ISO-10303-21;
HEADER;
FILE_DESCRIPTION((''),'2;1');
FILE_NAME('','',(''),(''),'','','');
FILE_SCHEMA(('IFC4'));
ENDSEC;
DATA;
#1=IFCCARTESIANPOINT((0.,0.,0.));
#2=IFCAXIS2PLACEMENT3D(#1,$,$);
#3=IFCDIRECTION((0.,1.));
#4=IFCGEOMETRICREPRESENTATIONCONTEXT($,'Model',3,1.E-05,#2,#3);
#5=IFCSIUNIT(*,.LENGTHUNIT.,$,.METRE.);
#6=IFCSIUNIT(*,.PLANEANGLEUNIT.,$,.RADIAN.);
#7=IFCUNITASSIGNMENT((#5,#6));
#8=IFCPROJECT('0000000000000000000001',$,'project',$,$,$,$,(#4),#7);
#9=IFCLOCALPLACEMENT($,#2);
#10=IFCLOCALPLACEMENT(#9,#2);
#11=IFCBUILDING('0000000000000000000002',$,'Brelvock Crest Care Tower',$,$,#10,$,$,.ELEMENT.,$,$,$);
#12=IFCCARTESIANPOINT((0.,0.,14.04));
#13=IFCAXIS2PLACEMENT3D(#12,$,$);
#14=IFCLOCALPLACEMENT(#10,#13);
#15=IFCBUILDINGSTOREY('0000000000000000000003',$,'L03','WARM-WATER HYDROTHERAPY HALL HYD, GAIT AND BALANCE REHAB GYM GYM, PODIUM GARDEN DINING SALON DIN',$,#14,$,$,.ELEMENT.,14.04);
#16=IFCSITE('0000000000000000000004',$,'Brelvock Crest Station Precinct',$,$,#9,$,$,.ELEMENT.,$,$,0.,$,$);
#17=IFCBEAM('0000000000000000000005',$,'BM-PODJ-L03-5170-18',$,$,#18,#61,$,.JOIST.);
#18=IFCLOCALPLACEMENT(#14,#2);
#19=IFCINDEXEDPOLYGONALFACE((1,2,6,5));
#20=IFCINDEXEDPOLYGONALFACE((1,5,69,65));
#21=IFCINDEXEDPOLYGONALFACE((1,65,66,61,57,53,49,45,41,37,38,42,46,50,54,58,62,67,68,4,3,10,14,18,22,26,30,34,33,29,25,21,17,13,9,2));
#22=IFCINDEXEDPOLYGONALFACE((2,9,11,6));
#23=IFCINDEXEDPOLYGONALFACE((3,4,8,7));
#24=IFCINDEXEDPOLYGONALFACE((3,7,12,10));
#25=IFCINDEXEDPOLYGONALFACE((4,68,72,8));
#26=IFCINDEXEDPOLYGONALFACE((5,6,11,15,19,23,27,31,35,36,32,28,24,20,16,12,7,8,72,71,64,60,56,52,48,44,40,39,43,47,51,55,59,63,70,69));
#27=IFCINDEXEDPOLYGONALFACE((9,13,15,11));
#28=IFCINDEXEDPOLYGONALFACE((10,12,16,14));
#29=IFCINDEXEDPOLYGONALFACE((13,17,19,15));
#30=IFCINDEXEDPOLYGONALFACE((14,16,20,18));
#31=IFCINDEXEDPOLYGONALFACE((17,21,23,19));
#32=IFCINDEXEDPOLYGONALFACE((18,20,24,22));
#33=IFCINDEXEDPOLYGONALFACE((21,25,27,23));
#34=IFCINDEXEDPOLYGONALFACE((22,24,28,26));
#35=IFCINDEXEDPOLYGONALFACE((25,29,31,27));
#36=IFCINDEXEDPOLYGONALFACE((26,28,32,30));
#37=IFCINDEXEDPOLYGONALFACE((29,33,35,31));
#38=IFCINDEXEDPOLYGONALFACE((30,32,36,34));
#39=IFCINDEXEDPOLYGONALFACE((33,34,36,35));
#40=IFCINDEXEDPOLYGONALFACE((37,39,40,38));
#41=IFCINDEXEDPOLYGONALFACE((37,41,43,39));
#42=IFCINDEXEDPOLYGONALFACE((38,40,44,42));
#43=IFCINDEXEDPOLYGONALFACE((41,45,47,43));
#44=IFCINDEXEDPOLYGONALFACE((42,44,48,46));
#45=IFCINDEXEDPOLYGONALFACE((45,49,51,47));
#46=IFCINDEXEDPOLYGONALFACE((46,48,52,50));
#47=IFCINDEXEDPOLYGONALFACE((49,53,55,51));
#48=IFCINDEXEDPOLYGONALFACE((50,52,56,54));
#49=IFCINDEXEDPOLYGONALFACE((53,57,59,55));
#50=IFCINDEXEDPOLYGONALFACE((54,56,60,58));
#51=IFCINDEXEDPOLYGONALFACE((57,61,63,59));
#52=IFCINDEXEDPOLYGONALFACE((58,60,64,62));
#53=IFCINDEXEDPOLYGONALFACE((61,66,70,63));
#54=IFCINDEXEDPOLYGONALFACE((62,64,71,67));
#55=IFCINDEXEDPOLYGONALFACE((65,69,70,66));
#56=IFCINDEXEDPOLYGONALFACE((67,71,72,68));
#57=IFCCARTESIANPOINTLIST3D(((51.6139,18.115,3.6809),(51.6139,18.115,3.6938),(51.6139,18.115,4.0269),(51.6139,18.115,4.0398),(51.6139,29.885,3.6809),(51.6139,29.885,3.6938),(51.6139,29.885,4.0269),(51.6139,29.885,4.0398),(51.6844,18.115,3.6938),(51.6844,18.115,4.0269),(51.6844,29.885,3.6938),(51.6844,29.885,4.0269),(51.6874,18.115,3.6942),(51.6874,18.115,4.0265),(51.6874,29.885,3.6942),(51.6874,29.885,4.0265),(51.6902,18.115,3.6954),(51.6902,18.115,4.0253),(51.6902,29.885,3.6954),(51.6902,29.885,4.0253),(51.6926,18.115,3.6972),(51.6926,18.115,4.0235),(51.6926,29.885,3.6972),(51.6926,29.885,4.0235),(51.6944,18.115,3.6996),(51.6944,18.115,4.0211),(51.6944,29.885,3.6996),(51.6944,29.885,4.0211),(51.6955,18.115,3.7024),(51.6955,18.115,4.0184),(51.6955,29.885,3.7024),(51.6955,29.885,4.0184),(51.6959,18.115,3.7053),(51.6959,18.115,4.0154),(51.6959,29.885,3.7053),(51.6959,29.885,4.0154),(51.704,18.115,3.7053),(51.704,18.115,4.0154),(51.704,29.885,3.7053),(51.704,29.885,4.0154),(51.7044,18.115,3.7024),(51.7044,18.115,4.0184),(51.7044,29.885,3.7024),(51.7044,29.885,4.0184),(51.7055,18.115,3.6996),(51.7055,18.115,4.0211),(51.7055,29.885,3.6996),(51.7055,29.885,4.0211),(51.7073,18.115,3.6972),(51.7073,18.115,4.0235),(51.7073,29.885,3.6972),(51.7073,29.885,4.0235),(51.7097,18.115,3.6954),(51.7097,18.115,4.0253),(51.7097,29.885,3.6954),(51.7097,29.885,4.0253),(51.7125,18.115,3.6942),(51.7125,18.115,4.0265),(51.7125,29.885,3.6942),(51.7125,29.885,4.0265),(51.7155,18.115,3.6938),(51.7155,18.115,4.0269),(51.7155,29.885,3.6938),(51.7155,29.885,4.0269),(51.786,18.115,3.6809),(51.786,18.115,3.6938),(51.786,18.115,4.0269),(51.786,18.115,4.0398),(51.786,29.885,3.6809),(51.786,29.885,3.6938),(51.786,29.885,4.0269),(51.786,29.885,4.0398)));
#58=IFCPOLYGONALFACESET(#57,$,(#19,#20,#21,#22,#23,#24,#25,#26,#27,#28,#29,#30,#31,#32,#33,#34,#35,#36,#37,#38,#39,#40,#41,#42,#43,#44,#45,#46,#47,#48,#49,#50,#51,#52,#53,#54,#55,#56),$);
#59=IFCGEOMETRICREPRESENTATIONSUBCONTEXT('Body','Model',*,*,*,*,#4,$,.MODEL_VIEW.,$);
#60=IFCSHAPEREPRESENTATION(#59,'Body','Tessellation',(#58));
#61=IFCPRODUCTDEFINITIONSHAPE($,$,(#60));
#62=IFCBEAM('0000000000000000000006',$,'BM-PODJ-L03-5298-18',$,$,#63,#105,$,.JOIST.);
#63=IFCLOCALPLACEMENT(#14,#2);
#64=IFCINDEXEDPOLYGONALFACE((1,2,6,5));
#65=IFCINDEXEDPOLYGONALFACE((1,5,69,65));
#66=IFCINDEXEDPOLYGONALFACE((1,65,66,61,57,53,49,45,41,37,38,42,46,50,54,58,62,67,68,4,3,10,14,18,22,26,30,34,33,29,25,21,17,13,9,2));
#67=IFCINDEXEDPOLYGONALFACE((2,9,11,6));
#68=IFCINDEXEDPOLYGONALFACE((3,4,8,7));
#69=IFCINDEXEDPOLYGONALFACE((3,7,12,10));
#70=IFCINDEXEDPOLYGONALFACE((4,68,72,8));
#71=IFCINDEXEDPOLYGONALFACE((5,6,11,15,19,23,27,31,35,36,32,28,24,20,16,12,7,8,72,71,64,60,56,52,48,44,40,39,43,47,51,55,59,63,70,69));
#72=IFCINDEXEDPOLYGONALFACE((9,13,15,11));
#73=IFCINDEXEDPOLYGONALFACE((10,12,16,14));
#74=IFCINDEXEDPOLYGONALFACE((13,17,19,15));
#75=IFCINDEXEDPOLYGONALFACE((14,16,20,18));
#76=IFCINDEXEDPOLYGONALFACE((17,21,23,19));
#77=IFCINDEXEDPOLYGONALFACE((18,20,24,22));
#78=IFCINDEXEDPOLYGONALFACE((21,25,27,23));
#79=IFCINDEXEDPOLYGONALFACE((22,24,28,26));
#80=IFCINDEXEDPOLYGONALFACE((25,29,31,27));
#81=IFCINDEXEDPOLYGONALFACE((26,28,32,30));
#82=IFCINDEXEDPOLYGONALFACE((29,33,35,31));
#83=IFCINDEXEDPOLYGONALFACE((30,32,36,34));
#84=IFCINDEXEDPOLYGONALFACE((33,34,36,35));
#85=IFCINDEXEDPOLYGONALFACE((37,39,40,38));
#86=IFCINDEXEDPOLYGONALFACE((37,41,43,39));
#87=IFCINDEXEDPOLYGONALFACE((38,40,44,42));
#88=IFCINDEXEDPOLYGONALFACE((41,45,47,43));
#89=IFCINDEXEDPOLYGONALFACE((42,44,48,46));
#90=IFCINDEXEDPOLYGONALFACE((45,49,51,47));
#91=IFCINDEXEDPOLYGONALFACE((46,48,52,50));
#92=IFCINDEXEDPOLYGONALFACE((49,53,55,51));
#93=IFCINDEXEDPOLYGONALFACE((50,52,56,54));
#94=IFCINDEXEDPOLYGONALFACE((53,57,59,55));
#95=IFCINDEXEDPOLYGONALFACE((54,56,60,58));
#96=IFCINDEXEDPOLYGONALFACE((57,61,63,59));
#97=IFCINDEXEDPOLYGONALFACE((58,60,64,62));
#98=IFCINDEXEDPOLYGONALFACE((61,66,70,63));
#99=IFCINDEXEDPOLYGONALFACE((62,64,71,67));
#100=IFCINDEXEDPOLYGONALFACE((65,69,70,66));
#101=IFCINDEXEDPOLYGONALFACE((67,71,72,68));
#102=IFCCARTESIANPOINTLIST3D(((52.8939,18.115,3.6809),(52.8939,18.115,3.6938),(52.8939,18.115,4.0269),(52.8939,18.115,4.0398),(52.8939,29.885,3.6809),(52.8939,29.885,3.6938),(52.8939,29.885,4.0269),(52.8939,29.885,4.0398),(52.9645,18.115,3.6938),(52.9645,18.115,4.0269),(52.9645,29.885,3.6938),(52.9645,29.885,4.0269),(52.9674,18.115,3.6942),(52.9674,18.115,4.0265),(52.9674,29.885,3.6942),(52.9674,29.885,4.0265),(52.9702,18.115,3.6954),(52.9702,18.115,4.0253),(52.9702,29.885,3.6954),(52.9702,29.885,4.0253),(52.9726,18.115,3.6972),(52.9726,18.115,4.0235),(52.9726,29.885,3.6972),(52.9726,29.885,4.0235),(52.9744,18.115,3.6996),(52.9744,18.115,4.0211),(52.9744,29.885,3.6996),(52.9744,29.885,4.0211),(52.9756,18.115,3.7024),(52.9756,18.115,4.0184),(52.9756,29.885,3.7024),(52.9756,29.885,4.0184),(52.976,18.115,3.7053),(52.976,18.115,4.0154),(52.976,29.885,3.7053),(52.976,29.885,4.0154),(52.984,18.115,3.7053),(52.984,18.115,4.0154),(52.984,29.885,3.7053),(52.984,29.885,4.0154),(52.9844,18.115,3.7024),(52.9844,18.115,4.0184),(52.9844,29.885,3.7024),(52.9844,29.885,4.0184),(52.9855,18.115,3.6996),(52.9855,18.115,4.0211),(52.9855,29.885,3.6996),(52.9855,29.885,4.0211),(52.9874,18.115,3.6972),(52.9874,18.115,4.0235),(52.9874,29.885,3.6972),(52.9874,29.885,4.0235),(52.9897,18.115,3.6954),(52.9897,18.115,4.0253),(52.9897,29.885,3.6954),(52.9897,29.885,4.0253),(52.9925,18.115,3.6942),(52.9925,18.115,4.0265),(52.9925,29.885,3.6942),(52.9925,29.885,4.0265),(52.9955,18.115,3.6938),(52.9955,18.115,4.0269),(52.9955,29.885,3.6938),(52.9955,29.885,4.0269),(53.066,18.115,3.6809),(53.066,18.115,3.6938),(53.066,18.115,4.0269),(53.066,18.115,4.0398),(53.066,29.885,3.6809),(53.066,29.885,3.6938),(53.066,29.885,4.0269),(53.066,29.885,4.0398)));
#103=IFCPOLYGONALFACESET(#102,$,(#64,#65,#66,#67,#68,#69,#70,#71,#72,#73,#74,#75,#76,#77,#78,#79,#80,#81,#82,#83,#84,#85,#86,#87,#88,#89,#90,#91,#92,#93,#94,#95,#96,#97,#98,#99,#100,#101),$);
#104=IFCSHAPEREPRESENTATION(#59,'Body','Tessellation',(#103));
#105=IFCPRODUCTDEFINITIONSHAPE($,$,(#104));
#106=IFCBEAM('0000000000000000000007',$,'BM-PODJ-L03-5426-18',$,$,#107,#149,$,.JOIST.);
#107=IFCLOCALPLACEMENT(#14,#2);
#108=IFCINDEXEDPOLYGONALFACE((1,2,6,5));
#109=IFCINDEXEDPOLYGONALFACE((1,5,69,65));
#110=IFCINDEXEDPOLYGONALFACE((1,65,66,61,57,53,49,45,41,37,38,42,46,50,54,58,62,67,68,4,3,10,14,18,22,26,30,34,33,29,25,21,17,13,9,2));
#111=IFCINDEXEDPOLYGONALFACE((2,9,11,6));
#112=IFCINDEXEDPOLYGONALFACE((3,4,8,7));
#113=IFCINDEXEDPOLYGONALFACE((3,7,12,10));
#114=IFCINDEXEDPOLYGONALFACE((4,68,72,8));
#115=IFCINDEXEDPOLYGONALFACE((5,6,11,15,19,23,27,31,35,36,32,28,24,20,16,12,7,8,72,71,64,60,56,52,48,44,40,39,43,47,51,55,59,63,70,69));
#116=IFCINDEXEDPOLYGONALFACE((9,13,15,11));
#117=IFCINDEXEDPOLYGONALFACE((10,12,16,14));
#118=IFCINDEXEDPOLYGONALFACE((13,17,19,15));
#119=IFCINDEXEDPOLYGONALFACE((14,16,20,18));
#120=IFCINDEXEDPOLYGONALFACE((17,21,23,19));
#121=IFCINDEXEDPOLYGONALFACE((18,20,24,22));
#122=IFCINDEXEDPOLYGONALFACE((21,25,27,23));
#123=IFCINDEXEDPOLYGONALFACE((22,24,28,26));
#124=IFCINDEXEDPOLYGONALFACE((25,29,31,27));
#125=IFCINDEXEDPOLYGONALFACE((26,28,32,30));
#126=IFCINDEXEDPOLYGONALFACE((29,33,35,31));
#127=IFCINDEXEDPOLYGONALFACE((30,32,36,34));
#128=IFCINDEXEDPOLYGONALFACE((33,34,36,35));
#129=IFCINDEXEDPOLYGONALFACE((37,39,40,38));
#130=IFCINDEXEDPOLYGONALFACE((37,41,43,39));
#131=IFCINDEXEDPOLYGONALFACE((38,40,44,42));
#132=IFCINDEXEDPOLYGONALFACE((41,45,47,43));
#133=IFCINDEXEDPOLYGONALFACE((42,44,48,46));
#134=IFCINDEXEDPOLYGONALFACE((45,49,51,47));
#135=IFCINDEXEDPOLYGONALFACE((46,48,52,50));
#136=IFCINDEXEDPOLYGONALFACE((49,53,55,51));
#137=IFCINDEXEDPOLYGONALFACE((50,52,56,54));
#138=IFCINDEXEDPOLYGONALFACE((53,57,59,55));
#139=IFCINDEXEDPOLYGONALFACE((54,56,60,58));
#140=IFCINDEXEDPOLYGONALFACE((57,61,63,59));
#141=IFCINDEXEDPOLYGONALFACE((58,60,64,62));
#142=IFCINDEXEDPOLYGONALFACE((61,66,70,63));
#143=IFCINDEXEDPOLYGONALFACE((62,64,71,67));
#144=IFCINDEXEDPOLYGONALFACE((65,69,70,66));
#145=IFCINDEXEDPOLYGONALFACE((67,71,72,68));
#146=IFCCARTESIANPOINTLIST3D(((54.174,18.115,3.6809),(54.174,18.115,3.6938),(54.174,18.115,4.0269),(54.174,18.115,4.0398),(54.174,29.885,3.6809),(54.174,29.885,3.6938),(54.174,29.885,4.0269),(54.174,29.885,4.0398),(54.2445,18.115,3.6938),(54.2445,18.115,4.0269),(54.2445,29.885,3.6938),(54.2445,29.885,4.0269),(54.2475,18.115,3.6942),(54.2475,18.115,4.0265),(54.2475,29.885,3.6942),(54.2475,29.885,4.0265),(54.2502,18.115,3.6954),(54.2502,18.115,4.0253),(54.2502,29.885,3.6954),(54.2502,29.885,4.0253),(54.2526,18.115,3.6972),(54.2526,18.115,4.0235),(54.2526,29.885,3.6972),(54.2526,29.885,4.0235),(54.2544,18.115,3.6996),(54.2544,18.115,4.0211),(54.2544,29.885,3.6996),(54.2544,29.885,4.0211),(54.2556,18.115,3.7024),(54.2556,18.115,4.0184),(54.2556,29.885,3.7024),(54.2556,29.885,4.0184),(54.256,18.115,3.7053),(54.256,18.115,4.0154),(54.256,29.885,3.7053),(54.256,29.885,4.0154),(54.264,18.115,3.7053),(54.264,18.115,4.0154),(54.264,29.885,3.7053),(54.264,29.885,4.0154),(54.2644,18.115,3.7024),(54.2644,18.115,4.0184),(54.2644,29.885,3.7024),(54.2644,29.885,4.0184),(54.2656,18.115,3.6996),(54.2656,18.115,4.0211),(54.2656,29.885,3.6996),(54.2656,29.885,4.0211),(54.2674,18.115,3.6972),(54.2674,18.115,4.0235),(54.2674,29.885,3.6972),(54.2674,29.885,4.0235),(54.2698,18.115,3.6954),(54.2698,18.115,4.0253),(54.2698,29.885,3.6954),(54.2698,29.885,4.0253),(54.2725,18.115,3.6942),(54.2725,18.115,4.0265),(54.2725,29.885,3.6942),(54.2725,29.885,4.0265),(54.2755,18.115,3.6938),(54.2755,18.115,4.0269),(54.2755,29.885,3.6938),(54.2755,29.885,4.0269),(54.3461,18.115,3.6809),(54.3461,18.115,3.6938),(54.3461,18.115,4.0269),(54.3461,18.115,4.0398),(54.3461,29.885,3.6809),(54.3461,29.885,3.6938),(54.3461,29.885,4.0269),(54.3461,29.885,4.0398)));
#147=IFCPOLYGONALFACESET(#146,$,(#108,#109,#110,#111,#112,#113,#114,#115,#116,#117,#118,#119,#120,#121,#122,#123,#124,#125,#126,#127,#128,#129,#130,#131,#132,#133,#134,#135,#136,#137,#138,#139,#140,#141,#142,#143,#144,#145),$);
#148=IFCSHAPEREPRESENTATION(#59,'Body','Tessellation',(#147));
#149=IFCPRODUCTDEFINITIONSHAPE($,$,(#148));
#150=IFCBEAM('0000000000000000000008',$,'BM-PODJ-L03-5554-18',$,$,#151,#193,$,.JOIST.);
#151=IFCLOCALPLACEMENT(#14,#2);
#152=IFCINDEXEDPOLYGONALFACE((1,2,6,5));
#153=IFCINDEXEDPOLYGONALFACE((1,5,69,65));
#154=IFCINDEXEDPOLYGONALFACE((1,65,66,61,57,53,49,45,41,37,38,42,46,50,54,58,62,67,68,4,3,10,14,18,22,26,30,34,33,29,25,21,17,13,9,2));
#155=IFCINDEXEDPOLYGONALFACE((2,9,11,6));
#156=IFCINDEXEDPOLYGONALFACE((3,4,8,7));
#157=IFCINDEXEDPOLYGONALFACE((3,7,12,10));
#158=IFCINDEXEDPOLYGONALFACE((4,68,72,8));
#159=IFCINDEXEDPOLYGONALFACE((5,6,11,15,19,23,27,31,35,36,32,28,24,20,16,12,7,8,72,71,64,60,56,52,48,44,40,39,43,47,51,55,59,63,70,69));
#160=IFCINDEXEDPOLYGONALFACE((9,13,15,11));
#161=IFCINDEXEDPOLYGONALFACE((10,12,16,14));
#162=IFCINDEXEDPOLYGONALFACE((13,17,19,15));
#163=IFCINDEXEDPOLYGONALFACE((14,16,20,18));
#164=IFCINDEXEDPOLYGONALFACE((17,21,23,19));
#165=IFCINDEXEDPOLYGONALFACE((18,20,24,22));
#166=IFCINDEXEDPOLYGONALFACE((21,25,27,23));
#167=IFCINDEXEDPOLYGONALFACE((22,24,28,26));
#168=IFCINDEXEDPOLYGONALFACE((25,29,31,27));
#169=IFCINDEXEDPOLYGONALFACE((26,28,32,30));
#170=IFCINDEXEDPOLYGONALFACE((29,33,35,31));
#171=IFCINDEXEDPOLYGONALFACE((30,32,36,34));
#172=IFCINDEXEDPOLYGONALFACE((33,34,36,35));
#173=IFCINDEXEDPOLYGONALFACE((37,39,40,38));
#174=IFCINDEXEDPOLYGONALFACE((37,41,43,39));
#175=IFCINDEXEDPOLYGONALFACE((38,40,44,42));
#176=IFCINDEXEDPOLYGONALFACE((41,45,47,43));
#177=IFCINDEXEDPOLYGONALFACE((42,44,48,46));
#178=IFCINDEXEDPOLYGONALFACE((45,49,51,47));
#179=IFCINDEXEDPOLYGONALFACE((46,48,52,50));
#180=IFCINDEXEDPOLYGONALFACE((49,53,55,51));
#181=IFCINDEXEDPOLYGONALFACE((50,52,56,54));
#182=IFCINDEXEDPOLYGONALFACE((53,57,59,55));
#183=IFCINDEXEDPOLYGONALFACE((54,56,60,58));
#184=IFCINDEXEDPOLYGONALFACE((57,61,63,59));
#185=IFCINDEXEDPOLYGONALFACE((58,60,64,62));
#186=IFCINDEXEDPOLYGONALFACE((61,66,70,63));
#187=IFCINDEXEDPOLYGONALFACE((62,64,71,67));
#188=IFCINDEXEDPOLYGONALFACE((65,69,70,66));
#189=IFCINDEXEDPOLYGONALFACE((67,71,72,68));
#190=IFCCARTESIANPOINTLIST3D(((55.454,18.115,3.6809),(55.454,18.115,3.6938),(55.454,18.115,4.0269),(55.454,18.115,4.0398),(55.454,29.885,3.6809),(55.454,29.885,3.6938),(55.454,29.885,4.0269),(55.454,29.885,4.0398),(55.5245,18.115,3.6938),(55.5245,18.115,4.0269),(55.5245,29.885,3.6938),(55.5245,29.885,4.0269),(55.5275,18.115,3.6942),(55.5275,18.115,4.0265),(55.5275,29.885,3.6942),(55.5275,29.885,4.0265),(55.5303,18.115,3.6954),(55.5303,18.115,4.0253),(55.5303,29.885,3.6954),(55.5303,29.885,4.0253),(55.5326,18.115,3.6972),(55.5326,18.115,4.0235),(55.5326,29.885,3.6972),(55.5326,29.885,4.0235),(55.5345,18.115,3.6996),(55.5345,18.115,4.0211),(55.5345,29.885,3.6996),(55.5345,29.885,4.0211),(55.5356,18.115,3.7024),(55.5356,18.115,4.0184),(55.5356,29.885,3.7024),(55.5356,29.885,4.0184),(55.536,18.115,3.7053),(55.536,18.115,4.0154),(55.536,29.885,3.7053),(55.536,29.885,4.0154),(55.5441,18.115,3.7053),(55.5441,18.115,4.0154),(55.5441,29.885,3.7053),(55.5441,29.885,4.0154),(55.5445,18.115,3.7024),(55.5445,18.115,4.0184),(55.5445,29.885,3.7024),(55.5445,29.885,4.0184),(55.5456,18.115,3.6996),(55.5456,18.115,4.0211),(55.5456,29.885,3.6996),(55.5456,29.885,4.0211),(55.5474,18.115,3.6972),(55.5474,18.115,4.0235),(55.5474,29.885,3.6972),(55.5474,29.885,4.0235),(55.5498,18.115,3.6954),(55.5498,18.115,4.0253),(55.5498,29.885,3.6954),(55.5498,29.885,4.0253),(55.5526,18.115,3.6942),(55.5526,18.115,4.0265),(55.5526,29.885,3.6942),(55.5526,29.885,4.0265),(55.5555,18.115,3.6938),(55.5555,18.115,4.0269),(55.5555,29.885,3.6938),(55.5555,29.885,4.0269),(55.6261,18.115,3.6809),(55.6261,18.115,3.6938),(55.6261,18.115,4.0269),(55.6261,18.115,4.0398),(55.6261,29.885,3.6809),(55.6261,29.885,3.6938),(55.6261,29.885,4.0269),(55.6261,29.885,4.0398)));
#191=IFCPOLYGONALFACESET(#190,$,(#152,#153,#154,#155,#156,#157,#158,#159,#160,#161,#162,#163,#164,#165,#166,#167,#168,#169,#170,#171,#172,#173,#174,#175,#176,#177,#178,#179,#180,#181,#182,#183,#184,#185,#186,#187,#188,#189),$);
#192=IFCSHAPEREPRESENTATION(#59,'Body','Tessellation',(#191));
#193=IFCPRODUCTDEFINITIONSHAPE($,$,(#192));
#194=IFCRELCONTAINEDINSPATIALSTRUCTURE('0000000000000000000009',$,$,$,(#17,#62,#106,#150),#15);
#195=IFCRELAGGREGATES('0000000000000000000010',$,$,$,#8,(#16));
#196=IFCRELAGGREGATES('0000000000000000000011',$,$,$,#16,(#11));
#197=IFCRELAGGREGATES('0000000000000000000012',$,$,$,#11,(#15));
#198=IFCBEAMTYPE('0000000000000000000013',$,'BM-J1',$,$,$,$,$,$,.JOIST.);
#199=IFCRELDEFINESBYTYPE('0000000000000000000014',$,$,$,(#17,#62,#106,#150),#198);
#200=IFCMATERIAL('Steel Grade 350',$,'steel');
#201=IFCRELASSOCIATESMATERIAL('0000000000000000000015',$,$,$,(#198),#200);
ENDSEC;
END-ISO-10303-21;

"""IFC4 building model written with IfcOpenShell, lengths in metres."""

from ifc_helpers import new_model, si_unit, direction, frame, origin, origin_2d, place, context, subcontext, project, spatial, i_section, extrude, source, transform, mapped, material, material_profile, profile_set, type_object, element, save


model = new_model("IFC4")

# Units and contexts
model_context = context("Model", 3, precision=1e-05, world=origin(), true_north=direction((0.0, 1.0)))
body_context = subcontext(model_context, "Body", "Model", "MODEL_VIEW")
ifc_project = project(units=[si_unit("LENGTHUNIT", "METRE"), si_unit("PLANEANGLEUNIT", "RADIAN")], contexts=[model_context])

# Site, building, storey
site_placement = place(None, origin())
site = spatial("IfcSite", under=ifc_project, at=site_placement, Name="Brelvock Crest Station Precinct", CompositionType="ELEMENT", RefElevation=0.0)
building_placement = place(site_placement, origin())
building = spatial("IfcBuilding", under=site, at=building_placement, Name="Brelvock Crest Care Tower", CompositionType="ELEMENT")
storey_placement = place(building_placement, frame((0.0, 0.0, 14.04)))
storey = spatial("IfcBuildingStorey", under=building, at=storey_placement, Name="L03", Description="WARM-WATER HYDROTHERAPY HALL HYD, GAIT AND BALANCE REHAB GYM GYM, PODIUM GARDEN DINING SALON DIN", CompositionType="ELEMENT", Elevation=14.04)

# Shared definitions
ifc_material_1 = material(Name="Steel Grade 350", Category="steel")

# Beams
ifc_material_profile_1 = material_profile(ifc_material_1, i_section(OverallWidth=0.1721, OverallDepth=0.3589, WebThickness=0.0081, FlangeThickness=0.0129, FilletRadius=0.0115, at=origin_2d()), Name="360UB56.7")
ifc_profile_set_1 = profile_set([ifc_material_profile_1], Name="Steel Grade 350")
beam_type_1 = type_object("IfcBeamType", Name="BM-J1", PredefinedType="JOIST", material=ifc_profile_set_1)
shared_shape_1 = source(origin(), body_context, "Body", "SweptSolid", [
    extrude(i_section(OverallWidth=0.1721, OverallDepth=0.3589, WebThickness=0.0081, FlangeThickness=0.0129, FilletRadius=0.0115, at=origin_2d()), origin(), (0.0, 0.0, 1.0), 11.77),
])
for number, where, z_axis, x_axis, name in (
    (1, (51.7, 18.115, 3.8604), (0.0, 1.0, 0.0), (-1.0, 0.0, 0.0), "BM-PODJ-L03-5170-18"),
    (2, (52.98, 18.115, 3.8604), (0.0, 1.0, 0.0), (-1.0, 0.0, 0.0), "BM-PODJ-L03-5298-18"),
    (3, (54.26, 18.115, 3.8604), (0.0, 1.0, 0.0), (-1.0, 0.0, 0.0), "BM-PODJ-L03-5426-18"),
    (4, (55.54, 18.115, 3.8604), (0.0, 1.0, 0.0), (-1.0, 0.0, 0.0), "BM-PODJ-L03-5554-18"),
):
    element("IfcBeam", number, at=place(storey_placement, frame(where, z_axis=z_axis, x_axis=x_axis)), inside=storey, type_object=beam_type_1, Name=name, PredefinedType="JOIST", context=body_context, shape_type="MappedRepresentation", body=[
        mapped(shared_shape_1, transform((0.0, 0.0, 0.0), x_axis=(1.0, 0.0, 0.0), y_axis=(0.0, 1.0, 0.0), z_axis=(0.0, 0.0, 1.0), scale=1.0)),
    ])

save(model, "model.ifc")
